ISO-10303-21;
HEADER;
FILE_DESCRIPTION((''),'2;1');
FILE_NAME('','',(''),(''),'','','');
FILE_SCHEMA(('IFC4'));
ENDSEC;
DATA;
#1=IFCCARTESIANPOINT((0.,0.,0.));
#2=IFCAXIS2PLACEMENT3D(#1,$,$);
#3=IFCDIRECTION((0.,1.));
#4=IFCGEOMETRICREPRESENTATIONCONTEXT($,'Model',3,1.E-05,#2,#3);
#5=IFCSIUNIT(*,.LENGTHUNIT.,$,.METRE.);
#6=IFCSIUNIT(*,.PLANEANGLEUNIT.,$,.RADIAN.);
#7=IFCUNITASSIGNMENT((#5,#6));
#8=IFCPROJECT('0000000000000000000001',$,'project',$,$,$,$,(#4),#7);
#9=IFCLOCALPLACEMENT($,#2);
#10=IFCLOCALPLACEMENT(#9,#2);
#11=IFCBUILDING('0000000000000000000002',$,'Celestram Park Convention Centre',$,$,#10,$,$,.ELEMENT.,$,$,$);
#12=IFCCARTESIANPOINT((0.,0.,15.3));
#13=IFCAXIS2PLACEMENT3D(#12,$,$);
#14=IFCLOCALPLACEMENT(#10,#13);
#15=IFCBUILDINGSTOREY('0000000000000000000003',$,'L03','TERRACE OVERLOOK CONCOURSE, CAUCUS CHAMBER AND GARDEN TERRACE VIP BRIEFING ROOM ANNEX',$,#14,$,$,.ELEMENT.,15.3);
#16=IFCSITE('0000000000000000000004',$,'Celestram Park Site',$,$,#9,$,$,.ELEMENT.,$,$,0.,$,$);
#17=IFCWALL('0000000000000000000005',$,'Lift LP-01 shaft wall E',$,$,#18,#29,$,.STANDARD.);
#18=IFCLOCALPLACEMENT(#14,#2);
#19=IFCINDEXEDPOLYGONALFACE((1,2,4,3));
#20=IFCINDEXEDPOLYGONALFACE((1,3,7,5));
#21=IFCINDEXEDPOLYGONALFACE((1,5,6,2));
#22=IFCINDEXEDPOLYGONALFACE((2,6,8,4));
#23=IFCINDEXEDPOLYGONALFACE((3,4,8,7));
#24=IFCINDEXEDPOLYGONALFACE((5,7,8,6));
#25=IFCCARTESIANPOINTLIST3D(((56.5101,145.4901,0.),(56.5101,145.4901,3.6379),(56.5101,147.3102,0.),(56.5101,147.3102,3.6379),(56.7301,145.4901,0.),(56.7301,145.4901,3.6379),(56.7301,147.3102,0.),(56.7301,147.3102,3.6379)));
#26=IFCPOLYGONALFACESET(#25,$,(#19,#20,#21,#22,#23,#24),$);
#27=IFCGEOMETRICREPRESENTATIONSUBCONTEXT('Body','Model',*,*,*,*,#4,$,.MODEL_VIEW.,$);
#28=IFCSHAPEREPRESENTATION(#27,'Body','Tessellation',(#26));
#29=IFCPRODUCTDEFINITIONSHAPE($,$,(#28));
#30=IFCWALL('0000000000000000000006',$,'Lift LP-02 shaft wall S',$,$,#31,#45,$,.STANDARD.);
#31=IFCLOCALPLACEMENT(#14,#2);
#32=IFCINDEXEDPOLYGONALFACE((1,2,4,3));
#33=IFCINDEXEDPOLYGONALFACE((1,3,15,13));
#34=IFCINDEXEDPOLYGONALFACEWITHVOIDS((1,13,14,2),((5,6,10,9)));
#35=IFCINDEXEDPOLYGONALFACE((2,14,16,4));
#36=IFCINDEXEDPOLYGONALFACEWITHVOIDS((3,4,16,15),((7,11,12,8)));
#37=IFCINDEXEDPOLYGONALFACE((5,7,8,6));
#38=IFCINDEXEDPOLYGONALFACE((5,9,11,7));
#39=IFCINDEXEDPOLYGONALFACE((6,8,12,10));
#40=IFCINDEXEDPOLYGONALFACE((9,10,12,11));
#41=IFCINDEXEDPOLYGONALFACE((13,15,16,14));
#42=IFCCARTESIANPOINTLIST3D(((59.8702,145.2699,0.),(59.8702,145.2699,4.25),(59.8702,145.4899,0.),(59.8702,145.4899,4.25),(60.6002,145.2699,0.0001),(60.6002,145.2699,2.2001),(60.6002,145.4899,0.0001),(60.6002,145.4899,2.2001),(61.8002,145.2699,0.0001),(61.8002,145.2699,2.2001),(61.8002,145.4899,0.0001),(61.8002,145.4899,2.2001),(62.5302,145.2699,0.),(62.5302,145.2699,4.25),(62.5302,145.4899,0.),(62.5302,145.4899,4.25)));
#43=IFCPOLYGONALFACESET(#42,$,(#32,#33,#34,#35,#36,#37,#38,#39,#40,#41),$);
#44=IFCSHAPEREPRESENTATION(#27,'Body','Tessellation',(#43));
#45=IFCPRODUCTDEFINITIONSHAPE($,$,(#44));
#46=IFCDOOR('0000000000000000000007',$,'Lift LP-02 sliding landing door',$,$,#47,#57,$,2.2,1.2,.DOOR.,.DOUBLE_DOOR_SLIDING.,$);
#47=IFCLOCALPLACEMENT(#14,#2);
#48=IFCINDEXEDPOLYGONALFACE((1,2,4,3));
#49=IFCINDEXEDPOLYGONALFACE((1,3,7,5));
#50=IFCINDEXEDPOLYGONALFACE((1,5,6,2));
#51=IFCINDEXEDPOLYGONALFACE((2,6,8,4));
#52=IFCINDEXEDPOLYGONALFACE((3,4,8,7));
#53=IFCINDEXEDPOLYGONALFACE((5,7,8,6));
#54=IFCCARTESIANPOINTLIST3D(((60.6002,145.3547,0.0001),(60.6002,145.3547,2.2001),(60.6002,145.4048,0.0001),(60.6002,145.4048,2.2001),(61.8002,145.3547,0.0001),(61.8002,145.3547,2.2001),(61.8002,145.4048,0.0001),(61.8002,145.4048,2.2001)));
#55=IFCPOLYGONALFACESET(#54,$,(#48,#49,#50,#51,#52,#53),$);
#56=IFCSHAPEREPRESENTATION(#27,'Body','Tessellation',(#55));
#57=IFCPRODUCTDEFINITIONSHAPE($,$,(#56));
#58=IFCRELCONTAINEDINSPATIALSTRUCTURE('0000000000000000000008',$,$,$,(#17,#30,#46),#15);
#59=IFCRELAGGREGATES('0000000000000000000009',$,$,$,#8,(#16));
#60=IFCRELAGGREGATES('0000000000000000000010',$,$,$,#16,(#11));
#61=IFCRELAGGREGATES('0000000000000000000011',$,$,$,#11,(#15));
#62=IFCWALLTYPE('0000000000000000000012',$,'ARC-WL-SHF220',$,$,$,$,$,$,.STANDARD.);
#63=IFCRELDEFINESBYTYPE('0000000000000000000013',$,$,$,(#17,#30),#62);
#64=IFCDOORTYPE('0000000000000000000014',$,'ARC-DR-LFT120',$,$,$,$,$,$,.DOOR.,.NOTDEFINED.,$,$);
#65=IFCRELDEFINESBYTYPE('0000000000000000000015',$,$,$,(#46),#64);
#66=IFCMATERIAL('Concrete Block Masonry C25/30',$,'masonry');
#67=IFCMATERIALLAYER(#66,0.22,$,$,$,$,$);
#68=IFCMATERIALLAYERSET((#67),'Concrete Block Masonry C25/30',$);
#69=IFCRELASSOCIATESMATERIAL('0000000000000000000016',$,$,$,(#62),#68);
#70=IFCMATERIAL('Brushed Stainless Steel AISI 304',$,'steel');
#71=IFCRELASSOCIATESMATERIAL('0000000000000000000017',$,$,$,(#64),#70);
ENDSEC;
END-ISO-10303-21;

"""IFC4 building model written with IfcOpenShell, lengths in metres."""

from ifc_helpers import new_model, si_unit, direction, frame, frame_2d, origin, place, context, subcontext, project, spatial, rectangle, extrude, material, layer, layer_set, type_object, element, fill, save


model = new_model("IFC4")

# Units and contexts
model_context = context("Model", 3, precision=1e-05, world=origin(), true_north=direction((0.0, 1.0)))
body_context = subcontext(model_context, "Body", "Model", "MODEL_VIEW")
ifc_project = project(units=[si_unit("LENGTHUNIT", "METRE"), si_unit("PLANEANGLEUNIT", "RADIAN")], contexts=[model_context])

# Site, building, storey
site_placement = place(None, origin())
site = spatial("IfcSite", under=ifc_project, at=site_placement, Name="Celestram Park Site", CompositionType="ELEMENT", RefElevation=0.0)
building_placement = place(site_placement, origin())
building = spatial("IfcBuilding", under=site, at=building_placement, Name="Celestram Park Convention Centre", CompositionType="ELEMENT")
storey_placement = place(building_placement, frame((0.0, 0.0, 15.3)))
storey = spatial("IfcBuildingStorey", under=building, at=storey_placement, Name="L03", Description="TERRACE OVERLOOK CONCOURSE, CAUCUS CHAMBER AND GARDEN TERRACE VIP BRIEFING ROOM ANNEX", CompositionType="ELEMENT", Elevation=15.3)

# Shared definitions
ifc_material_1 = material(Name="Concrete Block Masonry C25/30", Category="masonry")
ifc_layer_1 = layer(ifc_material_1, 0.22)
ifc_layer_set_1 = layer_set([ifc_layer_1], Name="Concrete Block Masonry C25/30")
wall_type_1 = type_object("IfcWallType", Name="ARC-WL-SHF220", PredefinedType="STANDARD", material=ifc_layer_set_1)
ifc_material_2 = material(Name="Brushed Stainless Steel AISI 304", Category="steel")
door_type_1 = type_object("IfcDoorType", Name="ARC-DR-LFT120", OperationType="NOTDEFINED", PredefinedType="DOOR", material=ifc_material_2)

# Wall
wall_1_placement = place(storey_placement, frame((56.6201, 145.49, 0.0), z_axis=(0.0, 0.0, 1.0), x_axis=(0.0, 1.0, 0.0)))
element("IfcWall", 1, at=wall_1_placement, inside=storey, type_object=wall_type_1, Name="Lift LP-01 shaft wall E", PredefinedType="STANDARD", context=body_context, shape_type="SweptSolid", body=[
    extrude(rectangle(XDim=1.8201, YDim=0.22, at=frame_2d((0.9102, 0.0))), origin(), (0.0, 0.0, 1.0), 3.6379),
])

# Wall, opening, door
wall_2_placement = place(storey_placement, frame((59.8701, 145.3799, 0.0), z_axis=(0.0, 0.0, 1.0), x_axis=(1.0, 0.0, 0.0)))
wall_2 = element("IfcWall", 2, at=wall_2_placement, inside=storey, type_object=wall_type_1, Name="Lift LP-02 shaft wall S", PredefinedType="STANDARD", context=body_context, shape_type="SweptSolid", body=[
    extrude(rectangle(XDim=2.6599, YDim=0.22, at=frame_2d((1.3301, 0.0))), origin(), (0.0, 0.0, 1.0), 4.25),
])
opening_1_placement = place(wall_2_placement, frame((0.73, 0.0, 0.0)))
opening_1 = element("IfcOpeningElement", 3, at=opening_1_placement, cuts=wall_2, PredefinedType="OPENING", context=body_context, shape_type="SweptSolid", body=[
    extrude(rectangle(XDim=1.2, YDim=2.2, at=frame_2d((0.6001, 1.1001))), frame((0.0, 0.1199, 0.0), z_axis=(0.0, -1.0, 0.0), x_axis=(1.0, 0.0, 0.0)), (0.0, 0.0, 1.0), 0.24),
])
door_1_placement = place(opening_1_placement, origin())
door_1 = element("IfcDoor", 4, at=door_1_placement, inside=storey, type_object=door_type_1, Name="Lift LP-02 sliding landing door", OperationType="DOUBLE_DOOR_SLIDING", OverallHeight=2.2, OverallWidth=1.2, PredefinedType="DOOR", context=body_context, shape_type="SweptSolid", body=[
    extrude(rectangle(XDim=1.2, YDim=2.2, at=frame_2d((0.6001, 1.1001))), frame((0.0, 0.0249, 0.0), z_axis=(0.0, -1.0, 0.0), x_axis=(1.0, 0.0, 0.0)), (0.0, 0.0, 1.0), 0.05),
])
fill(opening_1, door_1)

save(model, "model.ifc")
